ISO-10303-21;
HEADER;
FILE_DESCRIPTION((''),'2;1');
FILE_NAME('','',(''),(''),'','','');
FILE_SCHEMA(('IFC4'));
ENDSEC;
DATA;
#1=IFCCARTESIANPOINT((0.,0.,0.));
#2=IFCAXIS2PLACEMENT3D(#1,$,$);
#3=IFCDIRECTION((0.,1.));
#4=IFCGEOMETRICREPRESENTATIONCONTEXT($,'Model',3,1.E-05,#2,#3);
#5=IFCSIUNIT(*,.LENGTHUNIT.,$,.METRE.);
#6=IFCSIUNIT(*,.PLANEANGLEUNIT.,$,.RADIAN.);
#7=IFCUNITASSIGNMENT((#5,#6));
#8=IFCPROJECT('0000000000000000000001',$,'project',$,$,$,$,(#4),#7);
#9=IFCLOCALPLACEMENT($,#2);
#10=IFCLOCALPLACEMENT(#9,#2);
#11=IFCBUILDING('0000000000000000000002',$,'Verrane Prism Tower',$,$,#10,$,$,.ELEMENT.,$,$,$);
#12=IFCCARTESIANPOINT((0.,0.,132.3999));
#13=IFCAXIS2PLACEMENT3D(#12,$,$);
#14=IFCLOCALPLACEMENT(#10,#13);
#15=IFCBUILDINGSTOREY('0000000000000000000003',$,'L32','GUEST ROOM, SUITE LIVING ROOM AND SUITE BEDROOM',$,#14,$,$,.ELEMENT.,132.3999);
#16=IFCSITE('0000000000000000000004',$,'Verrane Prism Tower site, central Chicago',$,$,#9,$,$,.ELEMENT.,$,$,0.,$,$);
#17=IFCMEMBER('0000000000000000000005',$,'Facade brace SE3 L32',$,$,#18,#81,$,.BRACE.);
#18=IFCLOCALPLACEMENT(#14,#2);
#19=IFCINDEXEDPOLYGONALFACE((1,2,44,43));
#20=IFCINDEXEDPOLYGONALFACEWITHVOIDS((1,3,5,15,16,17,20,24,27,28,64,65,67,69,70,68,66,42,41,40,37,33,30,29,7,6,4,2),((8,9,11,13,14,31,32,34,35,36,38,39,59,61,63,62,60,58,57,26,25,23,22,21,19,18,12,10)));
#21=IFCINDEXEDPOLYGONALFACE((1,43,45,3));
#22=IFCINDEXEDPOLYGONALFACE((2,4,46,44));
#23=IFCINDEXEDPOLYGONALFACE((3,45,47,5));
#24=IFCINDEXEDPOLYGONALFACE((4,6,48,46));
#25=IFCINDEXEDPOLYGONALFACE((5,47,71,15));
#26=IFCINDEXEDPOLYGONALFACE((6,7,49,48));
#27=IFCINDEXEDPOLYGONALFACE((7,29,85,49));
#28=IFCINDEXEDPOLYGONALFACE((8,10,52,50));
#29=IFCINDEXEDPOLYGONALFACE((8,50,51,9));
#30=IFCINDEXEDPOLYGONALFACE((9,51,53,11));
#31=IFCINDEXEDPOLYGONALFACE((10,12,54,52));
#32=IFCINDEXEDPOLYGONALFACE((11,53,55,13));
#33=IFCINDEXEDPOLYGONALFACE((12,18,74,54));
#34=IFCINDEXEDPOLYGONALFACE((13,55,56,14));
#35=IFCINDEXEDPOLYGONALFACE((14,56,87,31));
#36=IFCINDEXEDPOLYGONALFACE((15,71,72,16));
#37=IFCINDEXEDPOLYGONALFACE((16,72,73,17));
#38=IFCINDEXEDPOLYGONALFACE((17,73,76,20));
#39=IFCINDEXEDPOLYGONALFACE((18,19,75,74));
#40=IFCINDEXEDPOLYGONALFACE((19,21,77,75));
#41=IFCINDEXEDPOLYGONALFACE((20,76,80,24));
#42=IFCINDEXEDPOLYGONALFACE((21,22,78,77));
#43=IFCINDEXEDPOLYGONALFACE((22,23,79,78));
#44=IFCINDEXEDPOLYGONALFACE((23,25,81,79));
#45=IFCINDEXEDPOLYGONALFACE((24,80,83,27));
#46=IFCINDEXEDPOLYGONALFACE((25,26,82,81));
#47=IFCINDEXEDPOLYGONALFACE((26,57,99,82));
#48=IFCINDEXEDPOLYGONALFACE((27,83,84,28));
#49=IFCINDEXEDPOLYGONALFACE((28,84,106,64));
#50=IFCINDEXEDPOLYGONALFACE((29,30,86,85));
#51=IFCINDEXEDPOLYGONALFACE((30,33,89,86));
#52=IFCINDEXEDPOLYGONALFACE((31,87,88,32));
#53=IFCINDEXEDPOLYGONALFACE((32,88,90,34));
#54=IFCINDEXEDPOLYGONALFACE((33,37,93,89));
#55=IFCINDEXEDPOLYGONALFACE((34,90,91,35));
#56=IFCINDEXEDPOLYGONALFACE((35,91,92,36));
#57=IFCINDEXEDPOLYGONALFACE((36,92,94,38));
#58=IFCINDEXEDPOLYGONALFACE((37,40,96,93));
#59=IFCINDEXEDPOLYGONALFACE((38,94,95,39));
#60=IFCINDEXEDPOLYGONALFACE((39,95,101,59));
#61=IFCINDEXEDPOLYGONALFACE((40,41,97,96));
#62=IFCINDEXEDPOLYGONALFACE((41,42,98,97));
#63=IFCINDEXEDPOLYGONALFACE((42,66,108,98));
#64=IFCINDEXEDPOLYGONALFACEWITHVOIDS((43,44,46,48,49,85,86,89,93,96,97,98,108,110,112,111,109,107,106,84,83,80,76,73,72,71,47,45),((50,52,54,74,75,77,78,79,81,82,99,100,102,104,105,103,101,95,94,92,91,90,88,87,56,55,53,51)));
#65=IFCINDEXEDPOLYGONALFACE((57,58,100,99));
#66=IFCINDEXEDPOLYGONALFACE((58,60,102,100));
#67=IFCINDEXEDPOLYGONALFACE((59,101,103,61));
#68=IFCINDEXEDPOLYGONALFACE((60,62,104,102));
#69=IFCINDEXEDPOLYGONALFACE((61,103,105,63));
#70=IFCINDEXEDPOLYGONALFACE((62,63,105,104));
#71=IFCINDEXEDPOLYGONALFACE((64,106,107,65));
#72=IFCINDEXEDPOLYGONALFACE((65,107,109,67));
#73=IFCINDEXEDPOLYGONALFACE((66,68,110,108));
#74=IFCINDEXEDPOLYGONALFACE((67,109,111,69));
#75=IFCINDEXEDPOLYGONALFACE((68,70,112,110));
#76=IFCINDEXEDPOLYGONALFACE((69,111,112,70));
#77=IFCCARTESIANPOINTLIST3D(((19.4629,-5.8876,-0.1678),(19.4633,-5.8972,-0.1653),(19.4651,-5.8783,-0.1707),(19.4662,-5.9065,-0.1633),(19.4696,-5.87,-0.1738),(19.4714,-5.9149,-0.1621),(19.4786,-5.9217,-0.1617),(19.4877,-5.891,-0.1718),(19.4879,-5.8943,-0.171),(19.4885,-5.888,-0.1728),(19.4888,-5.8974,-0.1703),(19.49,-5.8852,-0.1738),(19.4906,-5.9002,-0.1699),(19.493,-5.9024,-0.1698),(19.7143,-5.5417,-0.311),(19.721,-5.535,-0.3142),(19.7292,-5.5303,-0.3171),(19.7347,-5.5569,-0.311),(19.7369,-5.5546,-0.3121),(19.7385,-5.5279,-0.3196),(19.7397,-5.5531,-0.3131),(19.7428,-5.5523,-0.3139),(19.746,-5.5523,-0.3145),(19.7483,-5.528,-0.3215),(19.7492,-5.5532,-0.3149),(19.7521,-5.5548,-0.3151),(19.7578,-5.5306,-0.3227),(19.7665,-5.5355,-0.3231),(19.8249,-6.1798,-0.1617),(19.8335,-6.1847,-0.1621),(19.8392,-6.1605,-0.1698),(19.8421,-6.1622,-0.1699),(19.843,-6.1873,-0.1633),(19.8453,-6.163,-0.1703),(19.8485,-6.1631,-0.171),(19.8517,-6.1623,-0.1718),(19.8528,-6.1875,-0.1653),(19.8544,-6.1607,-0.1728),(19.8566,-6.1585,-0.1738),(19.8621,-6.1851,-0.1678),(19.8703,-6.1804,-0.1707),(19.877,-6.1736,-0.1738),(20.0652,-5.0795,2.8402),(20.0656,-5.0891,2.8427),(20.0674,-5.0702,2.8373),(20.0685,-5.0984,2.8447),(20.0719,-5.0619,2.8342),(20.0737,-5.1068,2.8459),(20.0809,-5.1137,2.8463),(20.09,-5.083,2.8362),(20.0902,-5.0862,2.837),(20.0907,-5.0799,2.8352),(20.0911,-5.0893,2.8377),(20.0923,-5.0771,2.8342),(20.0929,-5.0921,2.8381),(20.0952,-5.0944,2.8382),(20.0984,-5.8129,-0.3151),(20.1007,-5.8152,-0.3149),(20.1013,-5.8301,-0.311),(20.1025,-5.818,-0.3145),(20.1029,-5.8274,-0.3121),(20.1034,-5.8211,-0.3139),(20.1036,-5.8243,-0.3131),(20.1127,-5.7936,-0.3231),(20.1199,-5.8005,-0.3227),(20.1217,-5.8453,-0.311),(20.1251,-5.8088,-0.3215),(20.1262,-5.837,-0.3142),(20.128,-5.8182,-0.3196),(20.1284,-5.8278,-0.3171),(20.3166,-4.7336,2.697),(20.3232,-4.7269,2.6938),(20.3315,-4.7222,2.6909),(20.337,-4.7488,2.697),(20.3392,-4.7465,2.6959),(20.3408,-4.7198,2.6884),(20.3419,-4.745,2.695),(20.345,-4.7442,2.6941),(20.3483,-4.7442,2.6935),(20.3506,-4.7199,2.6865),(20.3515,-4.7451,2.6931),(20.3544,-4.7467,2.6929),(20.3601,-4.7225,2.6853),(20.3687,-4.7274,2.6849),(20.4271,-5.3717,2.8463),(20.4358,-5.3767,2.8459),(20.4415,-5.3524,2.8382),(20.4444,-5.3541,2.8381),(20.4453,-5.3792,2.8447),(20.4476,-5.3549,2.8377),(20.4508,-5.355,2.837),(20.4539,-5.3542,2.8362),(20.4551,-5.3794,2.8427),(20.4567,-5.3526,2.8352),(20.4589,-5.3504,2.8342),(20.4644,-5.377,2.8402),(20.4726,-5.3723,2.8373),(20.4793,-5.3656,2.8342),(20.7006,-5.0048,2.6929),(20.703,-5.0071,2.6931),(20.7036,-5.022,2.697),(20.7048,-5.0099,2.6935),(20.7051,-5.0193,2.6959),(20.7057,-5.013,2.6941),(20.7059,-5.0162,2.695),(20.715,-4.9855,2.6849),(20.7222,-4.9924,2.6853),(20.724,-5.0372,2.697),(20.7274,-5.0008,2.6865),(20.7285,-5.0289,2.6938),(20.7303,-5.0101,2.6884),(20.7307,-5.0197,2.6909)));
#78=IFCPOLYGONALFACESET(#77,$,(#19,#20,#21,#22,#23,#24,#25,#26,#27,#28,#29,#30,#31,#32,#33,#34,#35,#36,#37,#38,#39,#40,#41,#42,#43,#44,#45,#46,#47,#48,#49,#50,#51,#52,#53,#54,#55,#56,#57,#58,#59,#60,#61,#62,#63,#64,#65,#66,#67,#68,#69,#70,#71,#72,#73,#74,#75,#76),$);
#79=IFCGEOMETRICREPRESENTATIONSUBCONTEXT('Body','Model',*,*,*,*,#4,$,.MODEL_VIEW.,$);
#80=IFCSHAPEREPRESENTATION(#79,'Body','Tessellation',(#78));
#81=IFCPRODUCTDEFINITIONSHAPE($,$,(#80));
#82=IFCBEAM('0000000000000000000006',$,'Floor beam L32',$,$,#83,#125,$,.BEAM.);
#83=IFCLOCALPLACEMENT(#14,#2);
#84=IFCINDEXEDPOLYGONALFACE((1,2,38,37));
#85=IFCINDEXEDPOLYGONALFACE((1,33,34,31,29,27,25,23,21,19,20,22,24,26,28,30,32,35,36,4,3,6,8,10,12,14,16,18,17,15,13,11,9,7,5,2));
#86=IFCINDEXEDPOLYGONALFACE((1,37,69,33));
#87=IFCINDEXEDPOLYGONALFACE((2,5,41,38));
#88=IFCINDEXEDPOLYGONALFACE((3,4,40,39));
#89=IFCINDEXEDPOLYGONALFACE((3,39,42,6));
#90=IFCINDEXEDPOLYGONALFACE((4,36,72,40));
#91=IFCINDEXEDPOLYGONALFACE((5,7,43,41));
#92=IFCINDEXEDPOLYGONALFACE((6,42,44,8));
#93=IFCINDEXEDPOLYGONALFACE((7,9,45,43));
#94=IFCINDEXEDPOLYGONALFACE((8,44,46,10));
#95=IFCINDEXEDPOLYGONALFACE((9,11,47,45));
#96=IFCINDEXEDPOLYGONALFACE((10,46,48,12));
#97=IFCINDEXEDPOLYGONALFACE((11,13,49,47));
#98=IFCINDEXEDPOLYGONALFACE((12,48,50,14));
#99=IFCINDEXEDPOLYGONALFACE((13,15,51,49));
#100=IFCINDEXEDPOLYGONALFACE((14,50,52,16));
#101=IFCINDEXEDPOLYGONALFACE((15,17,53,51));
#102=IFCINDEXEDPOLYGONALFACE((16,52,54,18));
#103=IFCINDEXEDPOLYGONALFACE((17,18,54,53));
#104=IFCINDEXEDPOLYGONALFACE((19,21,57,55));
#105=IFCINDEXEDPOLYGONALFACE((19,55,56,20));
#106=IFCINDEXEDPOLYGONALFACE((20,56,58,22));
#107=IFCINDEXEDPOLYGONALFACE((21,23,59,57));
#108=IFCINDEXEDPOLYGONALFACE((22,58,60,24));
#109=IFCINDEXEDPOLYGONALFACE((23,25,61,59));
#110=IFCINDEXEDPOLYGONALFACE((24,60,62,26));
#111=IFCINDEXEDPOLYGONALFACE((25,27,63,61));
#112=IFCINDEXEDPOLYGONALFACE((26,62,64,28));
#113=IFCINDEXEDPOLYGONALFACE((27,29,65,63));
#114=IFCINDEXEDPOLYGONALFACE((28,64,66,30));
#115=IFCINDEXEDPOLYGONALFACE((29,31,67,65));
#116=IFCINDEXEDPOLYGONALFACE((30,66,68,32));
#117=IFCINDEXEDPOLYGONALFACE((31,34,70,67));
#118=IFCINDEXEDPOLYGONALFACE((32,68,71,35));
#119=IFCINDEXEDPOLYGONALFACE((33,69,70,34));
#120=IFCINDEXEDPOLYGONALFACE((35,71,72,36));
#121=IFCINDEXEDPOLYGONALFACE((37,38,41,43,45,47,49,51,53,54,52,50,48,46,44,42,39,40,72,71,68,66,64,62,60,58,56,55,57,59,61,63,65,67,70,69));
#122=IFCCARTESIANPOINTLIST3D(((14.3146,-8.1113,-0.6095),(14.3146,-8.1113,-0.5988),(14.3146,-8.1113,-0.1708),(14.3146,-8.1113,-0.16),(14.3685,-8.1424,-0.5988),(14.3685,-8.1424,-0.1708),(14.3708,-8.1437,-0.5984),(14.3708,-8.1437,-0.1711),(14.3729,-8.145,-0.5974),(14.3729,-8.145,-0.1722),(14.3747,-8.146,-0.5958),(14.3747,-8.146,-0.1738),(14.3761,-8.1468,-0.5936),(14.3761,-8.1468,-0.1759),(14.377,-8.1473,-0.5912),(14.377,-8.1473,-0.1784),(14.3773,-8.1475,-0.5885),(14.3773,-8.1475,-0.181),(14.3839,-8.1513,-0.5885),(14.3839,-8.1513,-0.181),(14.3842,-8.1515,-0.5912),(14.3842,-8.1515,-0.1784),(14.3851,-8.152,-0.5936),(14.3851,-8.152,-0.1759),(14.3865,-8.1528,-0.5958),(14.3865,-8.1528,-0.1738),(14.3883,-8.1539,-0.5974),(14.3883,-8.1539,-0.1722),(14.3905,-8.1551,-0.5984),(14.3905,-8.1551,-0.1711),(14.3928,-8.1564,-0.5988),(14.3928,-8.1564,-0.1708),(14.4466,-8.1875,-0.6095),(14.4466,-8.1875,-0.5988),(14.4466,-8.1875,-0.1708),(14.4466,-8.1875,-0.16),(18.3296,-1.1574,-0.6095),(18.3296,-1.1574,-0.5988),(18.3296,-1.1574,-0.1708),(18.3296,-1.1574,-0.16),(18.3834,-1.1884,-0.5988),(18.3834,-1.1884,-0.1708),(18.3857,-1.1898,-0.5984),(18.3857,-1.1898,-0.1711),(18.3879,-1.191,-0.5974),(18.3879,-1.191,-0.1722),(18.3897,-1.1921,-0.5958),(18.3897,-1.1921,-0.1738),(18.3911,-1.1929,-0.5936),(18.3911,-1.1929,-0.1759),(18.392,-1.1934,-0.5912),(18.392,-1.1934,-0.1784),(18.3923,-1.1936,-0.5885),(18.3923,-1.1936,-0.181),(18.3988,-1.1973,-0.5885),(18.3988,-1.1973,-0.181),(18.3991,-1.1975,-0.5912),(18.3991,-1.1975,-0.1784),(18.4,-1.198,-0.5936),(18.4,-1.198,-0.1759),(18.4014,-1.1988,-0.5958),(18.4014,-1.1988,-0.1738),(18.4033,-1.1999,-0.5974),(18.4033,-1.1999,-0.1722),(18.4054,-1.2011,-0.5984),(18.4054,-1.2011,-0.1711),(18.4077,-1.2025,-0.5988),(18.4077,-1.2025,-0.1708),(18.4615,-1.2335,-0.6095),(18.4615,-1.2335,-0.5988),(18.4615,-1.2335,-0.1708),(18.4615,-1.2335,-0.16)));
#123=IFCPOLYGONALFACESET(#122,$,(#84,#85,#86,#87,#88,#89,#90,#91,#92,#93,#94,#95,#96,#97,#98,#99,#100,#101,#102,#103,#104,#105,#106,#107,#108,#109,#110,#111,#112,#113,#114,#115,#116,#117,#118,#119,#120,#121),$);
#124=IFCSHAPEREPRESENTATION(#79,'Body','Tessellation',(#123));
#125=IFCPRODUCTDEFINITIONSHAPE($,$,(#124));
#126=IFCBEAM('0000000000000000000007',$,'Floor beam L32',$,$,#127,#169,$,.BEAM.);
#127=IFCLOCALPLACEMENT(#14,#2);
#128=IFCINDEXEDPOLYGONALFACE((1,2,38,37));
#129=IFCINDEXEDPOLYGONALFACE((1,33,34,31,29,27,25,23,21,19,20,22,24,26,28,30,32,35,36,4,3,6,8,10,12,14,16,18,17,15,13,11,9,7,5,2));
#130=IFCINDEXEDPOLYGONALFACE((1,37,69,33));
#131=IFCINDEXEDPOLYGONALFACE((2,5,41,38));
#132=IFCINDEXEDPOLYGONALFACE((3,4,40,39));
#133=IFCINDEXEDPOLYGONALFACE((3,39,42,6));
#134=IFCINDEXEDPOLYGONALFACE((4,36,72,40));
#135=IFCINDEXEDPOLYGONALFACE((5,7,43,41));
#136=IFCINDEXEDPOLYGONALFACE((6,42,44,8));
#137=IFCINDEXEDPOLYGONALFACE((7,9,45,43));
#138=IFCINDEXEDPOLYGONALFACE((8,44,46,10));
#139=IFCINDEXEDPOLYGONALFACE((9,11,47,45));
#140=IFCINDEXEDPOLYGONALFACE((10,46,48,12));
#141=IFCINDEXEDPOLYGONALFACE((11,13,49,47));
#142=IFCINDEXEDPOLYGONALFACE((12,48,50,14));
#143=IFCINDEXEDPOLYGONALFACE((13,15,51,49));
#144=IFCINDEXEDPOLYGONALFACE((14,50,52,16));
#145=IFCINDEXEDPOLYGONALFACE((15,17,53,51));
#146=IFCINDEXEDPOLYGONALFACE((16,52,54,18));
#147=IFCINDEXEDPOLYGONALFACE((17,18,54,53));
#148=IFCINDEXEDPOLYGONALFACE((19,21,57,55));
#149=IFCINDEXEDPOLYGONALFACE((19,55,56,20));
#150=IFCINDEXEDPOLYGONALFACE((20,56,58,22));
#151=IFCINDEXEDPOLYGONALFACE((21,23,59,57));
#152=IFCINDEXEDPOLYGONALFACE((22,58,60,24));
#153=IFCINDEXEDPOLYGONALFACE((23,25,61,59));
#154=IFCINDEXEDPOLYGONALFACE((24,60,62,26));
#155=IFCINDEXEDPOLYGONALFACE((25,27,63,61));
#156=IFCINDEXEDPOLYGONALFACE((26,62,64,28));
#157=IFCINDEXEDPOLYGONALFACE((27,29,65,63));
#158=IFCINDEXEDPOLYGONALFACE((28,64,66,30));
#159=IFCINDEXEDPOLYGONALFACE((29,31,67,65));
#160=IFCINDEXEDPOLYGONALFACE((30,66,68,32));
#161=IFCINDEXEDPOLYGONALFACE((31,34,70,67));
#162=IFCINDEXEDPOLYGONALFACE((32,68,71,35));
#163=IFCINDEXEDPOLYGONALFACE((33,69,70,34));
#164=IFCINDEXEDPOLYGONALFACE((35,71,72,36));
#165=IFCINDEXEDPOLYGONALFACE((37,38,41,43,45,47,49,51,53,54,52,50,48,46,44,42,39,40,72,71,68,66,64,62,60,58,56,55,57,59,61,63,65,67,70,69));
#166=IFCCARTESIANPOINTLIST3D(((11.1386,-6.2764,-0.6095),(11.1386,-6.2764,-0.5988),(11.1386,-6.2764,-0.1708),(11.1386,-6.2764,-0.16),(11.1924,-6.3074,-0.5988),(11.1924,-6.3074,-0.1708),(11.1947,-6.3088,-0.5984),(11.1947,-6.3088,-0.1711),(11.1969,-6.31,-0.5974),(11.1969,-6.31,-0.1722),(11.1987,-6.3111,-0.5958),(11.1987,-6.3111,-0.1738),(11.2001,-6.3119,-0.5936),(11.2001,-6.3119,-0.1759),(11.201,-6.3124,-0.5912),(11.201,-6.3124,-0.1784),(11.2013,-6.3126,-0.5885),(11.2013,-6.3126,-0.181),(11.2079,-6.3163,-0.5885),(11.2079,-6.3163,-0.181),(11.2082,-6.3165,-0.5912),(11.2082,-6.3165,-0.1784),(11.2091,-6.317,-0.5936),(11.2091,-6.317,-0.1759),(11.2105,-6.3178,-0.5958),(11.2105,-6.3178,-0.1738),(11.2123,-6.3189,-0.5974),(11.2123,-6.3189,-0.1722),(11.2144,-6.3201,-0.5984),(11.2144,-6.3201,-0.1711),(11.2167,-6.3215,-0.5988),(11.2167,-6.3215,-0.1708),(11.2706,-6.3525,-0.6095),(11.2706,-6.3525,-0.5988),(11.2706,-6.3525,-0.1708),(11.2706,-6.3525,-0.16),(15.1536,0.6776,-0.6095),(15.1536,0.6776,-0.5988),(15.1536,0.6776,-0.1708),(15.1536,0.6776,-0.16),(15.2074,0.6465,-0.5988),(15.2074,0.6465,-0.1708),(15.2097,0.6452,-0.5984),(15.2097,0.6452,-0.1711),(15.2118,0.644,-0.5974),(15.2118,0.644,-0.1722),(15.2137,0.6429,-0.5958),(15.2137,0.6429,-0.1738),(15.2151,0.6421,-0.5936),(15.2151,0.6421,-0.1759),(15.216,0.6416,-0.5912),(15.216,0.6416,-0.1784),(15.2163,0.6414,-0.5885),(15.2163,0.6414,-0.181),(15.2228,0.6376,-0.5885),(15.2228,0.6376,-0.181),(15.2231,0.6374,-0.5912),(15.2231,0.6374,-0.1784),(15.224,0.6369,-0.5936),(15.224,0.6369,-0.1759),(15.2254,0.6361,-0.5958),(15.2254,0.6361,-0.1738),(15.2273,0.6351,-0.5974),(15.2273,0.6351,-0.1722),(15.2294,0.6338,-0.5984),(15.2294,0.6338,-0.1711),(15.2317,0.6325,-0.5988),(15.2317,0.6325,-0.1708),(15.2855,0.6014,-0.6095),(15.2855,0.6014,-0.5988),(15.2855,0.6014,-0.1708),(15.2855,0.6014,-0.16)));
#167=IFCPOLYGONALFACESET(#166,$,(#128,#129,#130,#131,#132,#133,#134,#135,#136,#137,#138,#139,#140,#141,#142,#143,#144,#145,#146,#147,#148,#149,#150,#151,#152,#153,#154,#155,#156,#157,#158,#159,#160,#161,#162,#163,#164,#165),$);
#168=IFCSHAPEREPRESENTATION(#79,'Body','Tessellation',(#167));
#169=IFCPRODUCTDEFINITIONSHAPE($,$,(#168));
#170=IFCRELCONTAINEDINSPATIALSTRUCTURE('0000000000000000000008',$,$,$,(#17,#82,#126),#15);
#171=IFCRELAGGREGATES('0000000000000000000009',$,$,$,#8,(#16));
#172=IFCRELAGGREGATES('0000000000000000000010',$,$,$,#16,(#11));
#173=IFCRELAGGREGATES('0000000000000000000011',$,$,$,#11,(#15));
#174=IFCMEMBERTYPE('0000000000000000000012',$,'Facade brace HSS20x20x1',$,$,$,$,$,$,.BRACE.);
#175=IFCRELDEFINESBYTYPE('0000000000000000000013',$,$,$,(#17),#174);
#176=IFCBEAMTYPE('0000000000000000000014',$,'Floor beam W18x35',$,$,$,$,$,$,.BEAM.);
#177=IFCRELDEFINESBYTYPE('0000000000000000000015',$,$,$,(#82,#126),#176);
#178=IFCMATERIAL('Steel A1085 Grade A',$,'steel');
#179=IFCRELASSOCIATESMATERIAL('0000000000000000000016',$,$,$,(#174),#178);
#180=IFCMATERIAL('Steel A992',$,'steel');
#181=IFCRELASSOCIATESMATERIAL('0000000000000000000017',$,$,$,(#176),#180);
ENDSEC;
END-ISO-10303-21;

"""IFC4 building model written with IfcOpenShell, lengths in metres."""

from ifc_helpers import new_model, si_unit, direction, frame, origin, origin_2d, place, context, subcontext, project, spatial, hollow_rectangle, i_section, extrude, material, material_profile, profile_set, type_object, element, save


model = new_model("IFC4")

# Units and contexts
model_context = context("Model", 3, precision=1e-05, world=origin(), true_north=direction((0.0, 1.0)))
body_context = subcontext(model_context, "Body", "Model", "MODEL_VIEW")
ifc_project = project(units=[si_unit("LENGTHUNIT", "METRE"), si_unit("PLANEANGLEUNIT", "RADIAN")], contexts=[model_context])

# Site, building, storey
site_placement = place(None, origin())
site = spatial("IfcSite", under=ifc_project, at=site_placement, Name="Verrane Prism Tower site, central Chicago", CompositionType="ELEMENT", RefElevation=0.0)
building_placement = place(site_placement, origin())
building = spatial("IfcBuilding", under=site, at=building_placement, Name="Verrane Prism Tower", CompositionType="ELEMENT")
storey_placement = place(building_placement, frame((0.0, 0.0, 132.3999)))
storey = spatial("IfcBuildingStorey", under=building, at=storey_placement, Name="L32", Description="GUEST ROOM, SUITE LIVING ROOM AND SUITE BEDROOM", CompositionType="ELEMENT", Elevation=132.3999)

# Member
ifc_material_1 = material(Name="Steel A1085 Grade A", Category="steel")
ifc_material_profile_1 = material_profile(ifc_material_1, hollow_rectangle(XDim=0.5081, YDim=0.5081, WallThickness=0.0254, InnerFilletRadius=0.0127, OuterFilletRadius=0.0381, at=origin_2d()), Name="HSS20x20x1")
ifc_profile_set_1 = profile_set([ifc_material_profile_1], Name="Steel A1085 Grade A")
member_type_1 = type_object("IfcMemberType", Name="Facade brace HSS20x20x1", PredefinedType="BRACE", material=ifc_profile_set_1)
member_1_placement = place(storey_placement, frame((19.7957, -5.8577, -0.2424), z_axis=(0.189854, 0.254729, 0.948192), x_axis=(-0.801799, 0.597594, 0.0)))
element("IfcMember", 1, at=member_1_placement, inside=storey, type_object=member_type_1, Name="Facade brace SE3 L32", PredefinedType="BRACE", context=body_context, shape_type="SweptSolid", body=[
    extrude(hollow_rectangle(XDim=0.5081, YDim=0.5081, WallThickness=0.0254, InnerFilletRadius=0.0127, OuterFilletRadius=0.0381, at=origin_2d()), origin(), (0.0, 0.0, 1.0), 3.1724),
])

# Beams
ifc_material_2 = material(Name="Steel A992", Category="steel")
ifc_material_profile_2 = material_profile(ifc_material_2, i_section(OverallWidth=0.1523, OverallDepth=0.4495, WebThickness=0.0076, FlangeThickness=0.0107, FilletRadius=0.0103, at=origin_2d()), Name="W18x35")
ifc_profile_set_2 = profile_set([ifc_material_profile_2], Name="Steel A992")
beam_type_1 = type_object("IfcBeamType", Name="Floor beam W18x35", PredefinedType="BEAM", material=ifc_profile_set_2)
for number, where, z_axis, x_axis, name in (
    (2, (14.3806, -8.1494, -0.3848), (0.500008, 0.866021, 0.0), (-0.866021, 0.500008, 0.0), "Floor beam L32"),
    (3, (11.2046, -6.3145, -0.3848), (0.500008, 0.866021, 0.0), (-0.866021, 0.500008, 0.0), "Floor beam L32"),
):
    element("IfcBeam", number, at=place(storey_placement, frame(where, z_axis=z_axis, x_axis=x_axis)), inside=storey, type_object=beam_type_1, Name=name, PredefinedType="BEAM", context=body_context, shape_type="SweptSolid", body=[
        extrude(i_section(OverallWidth=0.1523, OverallDepth=0.4495, WebThickness=0.0076, FlangeThickness=0.0107, FilletRadius=0.0103, at=origin_2d()), origin(), (0.0, 0.0, 1.0), 8.0298),
    ])

save(model, "model.ifc")
